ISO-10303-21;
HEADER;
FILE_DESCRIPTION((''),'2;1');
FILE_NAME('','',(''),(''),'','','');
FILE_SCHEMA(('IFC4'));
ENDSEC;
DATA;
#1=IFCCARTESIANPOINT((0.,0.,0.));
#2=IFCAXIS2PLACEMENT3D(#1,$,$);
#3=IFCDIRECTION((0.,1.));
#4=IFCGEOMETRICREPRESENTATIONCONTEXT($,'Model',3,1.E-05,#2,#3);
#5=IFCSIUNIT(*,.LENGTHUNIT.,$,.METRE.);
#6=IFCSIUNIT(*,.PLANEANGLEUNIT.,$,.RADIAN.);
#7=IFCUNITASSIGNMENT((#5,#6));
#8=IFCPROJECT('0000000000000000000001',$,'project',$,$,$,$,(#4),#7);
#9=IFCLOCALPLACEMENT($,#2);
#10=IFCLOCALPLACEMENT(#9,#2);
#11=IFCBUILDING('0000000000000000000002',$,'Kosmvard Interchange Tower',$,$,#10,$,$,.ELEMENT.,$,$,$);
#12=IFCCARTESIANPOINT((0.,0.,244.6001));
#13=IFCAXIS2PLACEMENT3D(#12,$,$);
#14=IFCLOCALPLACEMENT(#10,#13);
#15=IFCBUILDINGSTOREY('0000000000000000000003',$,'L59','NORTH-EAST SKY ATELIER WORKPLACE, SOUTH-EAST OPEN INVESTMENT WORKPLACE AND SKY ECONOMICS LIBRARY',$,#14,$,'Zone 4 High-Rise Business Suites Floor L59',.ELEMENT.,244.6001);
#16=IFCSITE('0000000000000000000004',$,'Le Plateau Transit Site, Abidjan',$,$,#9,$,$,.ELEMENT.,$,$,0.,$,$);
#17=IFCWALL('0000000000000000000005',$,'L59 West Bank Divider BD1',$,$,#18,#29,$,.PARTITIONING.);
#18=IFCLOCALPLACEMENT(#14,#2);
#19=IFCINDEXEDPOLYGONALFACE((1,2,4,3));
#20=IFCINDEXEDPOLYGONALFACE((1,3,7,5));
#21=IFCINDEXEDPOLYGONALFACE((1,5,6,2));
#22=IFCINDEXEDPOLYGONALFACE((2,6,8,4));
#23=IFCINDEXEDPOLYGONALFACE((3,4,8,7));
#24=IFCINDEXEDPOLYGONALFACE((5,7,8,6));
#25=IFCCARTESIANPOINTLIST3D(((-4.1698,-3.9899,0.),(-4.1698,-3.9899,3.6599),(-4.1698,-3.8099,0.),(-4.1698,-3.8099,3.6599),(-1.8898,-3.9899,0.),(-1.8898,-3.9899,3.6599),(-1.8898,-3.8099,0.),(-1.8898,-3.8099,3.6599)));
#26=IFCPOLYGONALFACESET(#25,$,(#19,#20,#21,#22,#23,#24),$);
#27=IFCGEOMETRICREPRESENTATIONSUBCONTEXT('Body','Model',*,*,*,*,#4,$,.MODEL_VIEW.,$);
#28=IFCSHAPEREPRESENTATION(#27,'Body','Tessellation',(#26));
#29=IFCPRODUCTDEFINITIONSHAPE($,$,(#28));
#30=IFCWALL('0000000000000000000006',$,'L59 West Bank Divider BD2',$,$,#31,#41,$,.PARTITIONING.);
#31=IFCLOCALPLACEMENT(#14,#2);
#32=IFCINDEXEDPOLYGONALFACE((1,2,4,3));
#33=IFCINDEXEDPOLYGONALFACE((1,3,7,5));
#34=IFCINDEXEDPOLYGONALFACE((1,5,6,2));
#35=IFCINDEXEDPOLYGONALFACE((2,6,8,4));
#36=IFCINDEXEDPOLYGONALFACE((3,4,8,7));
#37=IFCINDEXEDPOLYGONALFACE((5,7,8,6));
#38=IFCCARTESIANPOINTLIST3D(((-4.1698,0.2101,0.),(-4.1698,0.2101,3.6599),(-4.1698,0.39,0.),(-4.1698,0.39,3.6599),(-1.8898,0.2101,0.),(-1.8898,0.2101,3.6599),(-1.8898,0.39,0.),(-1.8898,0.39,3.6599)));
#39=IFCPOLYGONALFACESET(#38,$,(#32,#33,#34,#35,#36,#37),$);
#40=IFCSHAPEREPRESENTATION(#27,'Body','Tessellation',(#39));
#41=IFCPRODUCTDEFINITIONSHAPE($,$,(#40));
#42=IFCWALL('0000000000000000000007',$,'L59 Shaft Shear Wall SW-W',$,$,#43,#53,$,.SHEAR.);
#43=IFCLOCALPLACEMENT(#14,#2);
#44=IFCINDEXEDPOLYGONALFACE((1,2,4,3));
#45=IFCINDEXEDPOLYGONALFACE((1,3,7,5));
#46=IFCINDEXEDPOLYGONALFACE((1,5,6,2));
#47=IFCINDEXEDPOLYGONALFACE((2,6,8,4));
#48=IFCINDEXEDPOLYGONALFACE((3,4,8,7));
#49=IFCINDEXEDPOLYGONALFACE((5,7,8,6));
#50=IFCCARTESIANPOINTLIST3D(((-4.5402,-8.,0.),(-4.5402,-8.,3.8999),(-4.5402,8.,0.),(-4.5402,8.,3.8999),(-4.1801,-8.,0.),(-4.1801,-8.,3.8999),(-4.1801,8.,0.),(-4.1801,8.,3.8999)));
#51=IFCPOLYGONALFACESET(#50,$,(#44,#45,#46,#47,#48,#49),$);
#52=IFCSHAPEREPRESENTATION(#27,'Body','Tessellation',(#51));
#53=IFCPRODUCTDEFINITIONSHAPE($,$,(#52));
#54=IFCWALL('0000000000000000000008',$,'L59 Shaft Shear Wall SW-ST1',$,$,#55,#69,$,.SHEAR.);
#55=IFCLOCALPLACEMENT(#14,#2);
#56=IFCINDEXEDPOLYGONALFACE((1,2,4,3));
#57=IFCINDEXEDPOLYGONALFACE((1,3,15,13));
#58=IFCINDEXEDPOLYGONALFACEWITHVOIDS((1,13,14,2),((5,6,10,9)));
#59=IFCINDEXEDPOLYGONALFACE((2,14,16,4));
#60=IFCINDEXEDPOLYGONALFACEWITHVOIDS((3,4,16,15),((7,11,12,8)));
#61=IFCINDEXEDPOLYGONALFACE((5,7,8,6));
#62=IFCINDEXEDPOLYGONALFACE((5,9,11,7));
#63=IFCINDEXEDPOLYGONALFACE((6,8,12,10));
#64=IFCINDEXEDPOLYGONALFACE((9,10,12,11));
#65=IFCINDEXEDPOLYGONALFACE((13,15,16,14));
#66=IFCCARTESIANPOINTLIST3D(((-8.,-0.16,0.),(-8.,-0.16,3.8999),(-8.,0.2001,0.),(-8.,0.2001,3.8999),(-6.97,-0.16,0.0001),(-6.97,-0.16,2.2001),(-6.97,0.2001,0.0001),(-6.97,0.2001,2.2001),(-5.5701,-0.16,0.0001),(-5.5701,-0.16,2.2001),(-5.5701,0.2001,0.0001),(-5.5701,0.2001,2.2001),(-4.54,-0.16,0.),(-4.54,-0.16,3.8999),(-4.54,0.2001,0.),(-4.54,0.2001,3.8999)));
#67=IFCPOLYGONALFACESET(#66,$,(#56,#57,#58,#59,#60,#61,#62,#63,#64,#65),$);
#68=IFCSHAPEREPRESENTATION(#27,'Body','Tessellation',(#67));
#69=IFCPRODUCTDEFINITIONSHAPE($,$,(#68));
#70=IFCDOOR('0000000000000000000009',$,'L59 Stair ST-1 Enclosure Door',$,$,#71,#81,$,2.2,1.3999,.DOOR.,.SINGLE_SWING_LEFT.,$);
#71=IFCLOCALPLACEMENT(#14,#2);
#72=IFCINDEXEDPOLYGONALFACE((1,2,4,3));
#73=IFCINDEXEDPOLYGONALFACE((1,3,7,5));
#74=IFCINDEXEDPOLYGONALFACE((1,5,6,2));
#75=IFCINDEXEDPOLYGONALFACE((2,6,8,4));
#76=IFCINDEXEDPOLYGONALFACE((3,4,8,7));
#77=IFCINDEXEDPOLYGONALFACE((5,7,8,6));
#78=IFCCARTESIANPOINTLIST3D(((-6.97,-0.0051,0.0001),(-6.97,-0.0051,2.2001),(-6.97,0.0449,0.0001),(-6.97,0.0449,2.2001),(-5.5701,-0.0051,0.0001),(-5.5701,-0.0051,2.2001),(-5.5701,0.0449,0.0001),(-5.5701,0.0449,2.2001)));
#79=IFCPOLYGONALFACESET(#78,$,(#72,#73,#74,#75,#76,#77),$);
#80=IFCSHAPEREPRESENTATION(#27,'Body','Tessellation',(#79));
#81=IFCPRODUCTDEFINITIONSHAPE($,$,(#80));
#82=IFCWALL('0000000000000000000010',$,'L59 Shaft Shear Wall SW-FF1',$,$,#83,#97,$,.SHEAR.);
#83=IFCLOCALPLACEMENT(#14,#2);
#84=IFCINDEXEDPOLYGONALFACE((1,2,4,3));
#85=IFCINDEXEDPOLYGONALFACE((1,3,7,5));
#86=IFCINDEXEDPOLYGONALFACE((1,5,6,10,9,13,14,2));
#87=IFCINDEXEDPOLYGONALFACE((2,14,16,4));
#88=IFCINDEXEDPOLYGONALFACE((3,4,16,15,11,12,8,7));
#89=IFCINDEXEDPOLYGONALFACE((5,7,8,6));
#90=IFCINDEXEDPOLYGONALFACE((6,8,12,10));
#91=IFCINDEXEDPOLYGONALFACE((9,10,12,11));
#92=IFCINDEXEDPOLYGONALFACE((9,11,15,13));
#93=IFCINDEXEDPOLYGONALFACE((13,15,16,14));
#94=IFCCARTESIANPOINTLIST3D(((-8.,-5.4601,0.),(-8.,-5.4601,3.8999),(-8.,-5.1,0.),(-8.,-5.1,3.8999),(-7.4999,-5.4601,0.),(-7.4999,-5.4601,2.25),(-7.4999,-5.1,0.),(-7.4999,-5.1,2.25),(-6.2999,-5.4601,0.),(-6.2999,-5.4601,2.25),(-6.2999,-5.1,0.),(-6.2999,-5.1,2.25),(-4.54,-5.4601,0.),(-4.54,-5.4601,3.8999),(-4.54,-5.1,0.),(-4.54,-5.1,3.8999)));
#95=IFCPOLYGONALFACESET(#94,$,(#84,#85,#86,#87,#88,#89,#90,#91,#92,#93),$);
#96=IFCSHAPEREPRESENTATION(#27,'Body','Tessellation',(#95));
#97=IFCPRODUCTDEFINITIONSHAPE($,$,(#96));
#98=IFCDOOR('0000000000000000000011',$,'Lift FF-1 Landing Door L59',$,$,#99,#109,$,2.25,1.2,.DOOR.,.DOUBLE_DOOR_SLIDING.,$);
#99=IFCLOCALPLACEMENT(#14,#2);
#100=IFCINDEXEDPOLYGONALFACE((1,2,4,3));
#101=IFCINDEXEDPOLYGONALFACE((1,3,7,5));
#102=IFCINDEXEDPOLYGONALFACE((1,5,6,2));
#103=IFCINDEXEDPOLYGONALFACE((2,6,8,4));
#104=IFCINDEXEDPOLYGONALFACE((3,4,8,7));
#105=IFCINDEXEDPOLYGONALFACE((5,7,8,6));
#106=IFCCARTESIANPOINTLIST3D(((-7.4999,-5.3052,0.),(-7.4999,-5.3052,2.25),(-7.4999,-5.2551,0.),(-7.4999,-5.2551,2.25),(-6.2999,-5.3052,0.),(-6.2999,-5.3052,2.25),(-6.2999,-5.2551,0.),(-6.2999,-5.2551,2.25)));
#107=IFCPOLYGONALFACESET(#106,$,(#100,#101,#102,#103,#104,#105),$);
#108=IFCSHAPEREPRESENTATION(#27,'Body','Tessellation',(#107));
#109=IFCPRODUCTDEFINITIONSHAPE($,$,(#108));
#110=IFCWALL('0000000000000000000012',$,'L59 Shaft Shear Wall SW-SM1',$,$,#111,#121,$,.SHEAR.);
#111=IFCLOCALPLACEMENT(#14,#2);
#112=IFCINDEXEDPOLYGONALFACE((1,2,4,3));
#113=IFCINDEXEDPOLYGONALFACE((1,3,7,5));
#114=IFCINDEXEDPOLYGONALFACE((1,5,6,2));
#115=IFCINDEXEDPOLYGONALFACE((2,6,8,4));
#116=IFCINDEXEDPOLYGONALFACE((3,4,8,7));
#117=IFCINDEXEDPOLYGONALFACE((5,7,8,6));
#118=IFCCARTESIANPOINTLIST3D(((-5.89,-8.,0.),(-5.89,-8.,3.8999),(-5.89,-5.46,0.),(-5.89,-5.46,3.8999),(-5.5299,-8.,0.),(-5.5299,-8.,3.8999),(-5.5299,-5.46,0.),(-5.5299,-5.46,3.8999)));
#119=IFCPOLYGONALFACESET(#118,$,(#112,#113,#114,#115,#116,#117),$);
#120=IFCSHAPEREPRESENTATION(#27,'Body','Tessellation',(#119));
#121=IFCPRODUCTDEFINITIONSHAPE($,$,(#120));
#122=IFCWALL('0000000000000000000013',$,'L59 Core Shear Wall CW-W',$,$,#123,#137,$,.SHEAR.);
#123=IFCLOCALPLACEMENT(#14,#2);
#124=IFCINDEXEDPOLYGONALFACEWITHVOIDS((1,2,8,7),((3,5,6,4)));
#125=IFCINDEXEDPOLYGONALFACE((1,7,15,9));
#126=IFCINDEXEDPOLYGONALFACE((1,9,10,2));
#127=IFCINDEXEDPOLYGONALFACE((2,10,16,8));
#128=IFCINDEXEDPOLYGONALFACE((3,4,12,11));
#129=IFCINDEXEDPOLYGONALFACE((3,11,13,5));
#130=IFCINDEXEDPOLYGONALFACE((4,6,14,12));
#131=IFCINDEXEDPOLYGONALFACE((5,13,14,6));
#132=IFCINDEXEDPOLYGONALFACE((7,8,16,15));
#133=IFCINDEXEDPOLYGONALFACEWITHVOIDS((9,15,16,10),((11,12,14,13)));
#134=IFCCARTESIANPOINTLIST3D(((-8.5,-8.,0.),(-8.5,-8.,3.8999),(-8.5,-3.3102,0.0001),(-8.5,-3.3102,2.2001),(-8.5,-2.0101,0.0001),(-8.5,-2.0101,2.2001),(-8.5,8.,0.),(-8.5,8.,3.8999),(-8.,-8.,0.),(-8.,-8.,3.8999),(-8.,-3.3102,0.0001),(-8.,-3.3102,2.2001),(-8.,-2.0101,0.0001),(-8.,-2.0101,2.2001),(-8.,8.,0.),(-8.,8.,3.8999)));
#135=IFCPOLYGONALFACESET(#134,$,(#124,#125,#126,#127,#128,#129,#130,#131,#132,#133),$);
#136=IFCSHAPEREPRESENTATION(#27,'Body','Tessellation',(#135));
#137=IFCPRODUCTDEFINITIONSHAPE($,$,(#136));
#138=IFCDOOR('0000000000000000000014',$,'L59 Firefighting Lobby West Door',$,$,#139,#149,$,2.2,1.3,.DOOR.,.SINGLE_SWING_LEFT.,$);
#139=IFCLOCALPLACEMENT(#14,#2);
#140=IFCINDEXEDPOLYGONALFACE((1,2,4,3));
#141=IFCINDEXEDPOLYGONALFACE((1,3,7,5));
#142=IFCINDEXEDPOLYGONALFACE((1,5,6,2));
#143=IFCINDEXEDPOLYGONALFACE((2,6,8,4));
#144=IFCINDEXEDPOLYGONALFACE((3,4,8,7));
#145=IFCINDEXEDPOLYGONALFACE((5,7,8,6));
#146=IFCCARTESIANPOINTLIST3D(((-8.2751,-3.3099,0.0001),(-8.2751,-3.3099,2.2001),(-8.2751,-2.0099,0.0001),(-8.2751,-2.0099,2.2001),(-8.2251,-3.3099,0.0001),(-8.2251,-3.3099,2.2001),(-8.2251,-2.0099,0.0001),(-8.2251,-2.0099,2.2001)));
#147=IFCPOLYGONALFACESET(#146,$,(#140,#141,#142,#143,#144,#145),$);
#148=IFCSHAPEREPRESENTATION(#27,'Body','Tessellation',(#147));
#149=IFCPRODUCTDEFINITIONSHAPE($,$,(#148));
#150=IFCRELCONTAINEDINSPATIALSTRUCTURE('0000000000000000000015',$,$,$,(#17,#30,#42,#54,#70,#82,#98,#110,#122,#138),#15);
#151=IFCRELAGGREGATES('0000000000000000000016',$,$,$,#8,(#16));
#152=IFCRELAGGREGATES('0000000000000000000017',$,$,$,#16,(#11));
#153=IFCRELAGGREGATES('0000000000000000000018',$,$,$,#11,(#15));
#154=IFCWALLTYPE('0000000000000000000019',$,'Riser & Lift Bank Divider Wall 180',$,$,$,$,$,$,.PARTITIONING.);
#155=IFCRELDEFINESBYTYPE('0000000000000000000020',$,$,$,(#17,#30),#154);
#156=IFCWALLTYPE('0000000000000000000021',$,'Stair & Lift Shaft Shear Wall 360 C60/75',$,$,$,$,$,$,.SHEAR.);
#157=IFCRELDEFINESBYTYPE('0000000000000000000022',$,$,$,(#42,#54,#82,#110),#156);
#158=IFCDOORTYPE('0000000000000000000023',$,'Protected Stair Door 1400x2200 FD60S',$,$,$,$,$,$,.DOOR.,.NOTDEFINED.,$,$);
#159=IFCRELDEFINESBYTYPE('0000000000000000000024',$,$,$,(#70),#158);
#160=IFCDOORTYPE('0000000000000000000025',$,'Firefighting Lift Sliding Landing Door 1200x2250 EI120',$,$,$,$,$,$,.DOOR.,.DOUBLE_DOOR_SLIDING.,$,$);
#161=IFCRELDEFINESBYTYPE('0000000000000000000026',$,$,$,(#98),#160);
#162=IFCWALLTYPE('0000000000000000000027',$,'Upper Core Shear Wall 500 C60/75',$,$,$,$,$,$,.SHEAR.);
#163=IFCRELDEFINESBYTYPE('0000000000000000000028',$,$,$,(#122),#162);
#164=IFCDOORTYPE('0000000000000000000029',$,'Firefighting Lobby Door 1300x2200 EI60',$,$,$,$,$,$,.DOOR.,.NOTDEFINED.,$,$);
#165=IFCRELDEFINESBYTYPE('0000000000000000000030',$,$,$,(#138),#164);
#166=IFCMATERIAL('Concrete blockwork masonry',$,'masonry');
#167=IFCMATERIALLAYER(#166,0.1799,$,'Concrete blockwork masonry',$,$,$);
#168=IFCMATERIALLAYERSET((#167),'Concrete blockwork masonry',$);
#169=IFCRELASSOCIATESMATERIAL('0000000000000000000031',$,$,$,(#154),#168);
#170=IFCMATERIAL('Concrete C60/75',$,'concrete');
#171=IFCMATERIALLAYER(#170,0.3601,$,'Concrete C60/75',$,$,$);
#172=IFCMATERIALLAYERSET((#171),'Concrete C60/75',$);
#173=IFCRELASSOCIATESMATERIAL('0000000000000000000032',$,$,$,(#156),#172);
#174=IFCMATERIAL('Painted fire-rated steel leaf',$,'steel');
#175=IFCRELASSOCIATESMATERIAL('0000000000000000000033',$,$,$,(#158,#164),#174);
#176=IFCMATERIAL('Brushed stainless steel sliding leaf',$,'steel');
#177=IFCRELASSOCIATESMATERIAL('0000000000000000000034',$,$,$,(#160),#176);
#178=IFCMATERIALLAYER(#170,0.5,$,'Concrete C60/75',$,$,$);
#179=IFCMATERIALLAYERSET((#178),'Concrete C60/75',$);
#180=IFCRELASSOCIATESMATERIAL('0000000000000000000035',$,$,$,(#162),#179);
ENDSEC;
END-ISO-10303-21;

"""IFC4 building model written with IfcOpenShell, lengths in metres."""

from ifc_helpers import new_model, si_unit, direction, frame, frame_2d, origin, place, context, subcontext, project, spatial, rectangle, extrude, source, transform, mapped, material, layer, layer_set, type_object, element, fill, save


model = new_model("IFC4")

# Units and contexts
model_context = context("Model", 3, precision=1e-05, world=origin(), true_north=direction((0.0, 1.0)))
body_context = subcontext(model_context, "Body", "Model", "MODEL_VIEW")
ifc_project = project(units=[si_unit("LENGTHUNIT", "METRE"), si_unit("PLANEANGLEUNIT", "RADIAN")], contexts=[model_context])

# Site, building, storey
site_placement = place(None, origin())
site = spatial("IfcSite", under=ifc_project, at=site_placement, Name="Le Plateau Transit Site, Abidjan", CompositionType="ELEMENT", RefElevation=0.0)
building_placement = place(site_placement, origin())
building = spatial("IfcBuilding", under=site, at=building_placement, Name="Kosmvard Interchange Tower", CompositionType="ELEMENT")
storey_placement = place(building_placement, frame((0.0, 0.0, 244.6001)))
storey = spatial("IfcBuildingStorey", under=building, at=storey_placement, Name="L59", Description="NORTH-EAST SKY ATELIER WORKPLACE, SOUTH-EAST OPEN INVESTMENT WORKPLACE AND SKY ECONOMICS LIBRARY", LongName="Zone 4 High-Rise Business Suites Floor L59", CompositionType="ELEMENT", Elevation=244.6001)

# Shared definitions
ifc_material_1 = material(Name="Concrete C60/75", Category="concrete")

# Shared definitions
ifc_material_2 = material(Name="Painted fire-rated steel leaf", Category="steel")
ifc_material_3 = material(Name="Brushed stainless steel sliding leaf", Category="steel")

# Walls
ifc_material_4 = material(Name="Concrete blockwork masonry", Category="masonry")
ifc_layer_1 = layer(ifc_material_4, 0.1799, Name="Concrete blockwork masonry")
ifc_layer_set_1 = layer_set([ifc_layer_1], Name="Concrete blockwork masonry")
wall_type_1 = type_object("IfcWallType", Name="Riser & Lift Bank Divider Wall 180", PredefinedType="PARTITIONING", material=ifc_layer_set_1)
for number, where, z_axis, x_axis, name in (
    (1, (-4.1699, -3.8999, 0.0), (0.0, 0.0, 1.0), (1.0, 0.0, 0.0), "L59 West Bank Divider BD1"),
    (2, (-4.1699, 0.3, 0.0), (0.0, 0.0, 1.0), (1.0, 0.0, 0.0), "L59 West Bank Divider BD2"),
):
    element("IfcWall", number, at=place(storey_placement, frame(where, z_axis=z_axis, x_axis=x_axis)), inside=storey, type_object=wall_type_1, Name=name, PredefinedType="PARTITIONING", context=body_context, shape_type="SweptSolid", body=[
        extrude(rectangle(XDim=2.28, YDim=0.1799, at=frame_2d((1.1401, 0.0))), origin(), (0.0, 0.0, 1.0), 3.6599),
    ])
ifc_layer_2 = layer(ifc_material_1, 0.3601, Name="Concrete C60/75")
ifc_layer_set_2 = layer_set([ifc_layer_2], Name="Concrete C60/75")
wall_type_2 = type_object("IfcWallType", Name="Stair & Lift Shaft Shear Wall 360 C60/75", PredefinedType="SHEAR", material=ifc_layer_set_2)
wall_1_placement = place(storey_placement, frame((-4.3601, -8.0, 0.0), z_axis=(0.0, 0.0, 1.0), x_axis=(0.0, 1.0, 0.0)))
element("IfcWall", 3, at=wall_1_placement, inside=storey, type_object=wall_type_2, Name="L59 Shaft Shear Wall SW-W", PredefinedType="SHEAR", context=body_context, shape_type="SweptSolid", body=[
    extrude(rectangle(XDim=16.0, YDim=0.3601, at=frame_2d((8.0, 0.0))), origin(), (0.0, 0.0, 1.0), 3.8999),
])

# Walls, openings, doors
wall_2_placement = place(storey_placement, frame((-8.0, 0.02, 0.0), z_axis=(0.0, 0.0, 1.0), x_axis=(1.0, 0.0, 0.0)))
wall_2 = element("IfcWall", 4, at=wall_2_placement, inside=storey, type_object=wall_type_2, Name="L59 Shaft Shear Wall SW-ST1", PredefinedType="SHEAR", context=body_context, shape_type="SweptSolid", body=[
    extrude(rectangle(XDim=3.46, YDim=0.3601, at=frame_2d((1.73, 0.0))), origin(), (0.0, 0.0, 1.0), 3.8999),
])
opening_1_placement = place(wall_2_placement, frame((1.03, 0.0, 0.0)))
opening_1 = element("IfcOpeningElement", 5, at=opening_1_placement, cuts=wall_2, PredefinedType="OPENING", context=body_context, shape_type="SweptSolid", body=[
    extrude(rectangle(XDim=1.3999, YDim=2.2, at=frame_2d((0.7, 1.1001))), frame((0.0, 0.1899, 0.0), z_axis=(0.0, -1.0, 0.0), x_axis=(1.0, 0.0, 0.0)), (0.0, 0.0, 1.0), 0.3801),
])
door_type_1 = type_object("IfcDoorType", Name="Protected Stair Door 1400x2200 FD60S", OperationType="NOTDEFINED", PredefinedType="DOOR", material=ifc_material_2)
shared_shape_1 = source(origin(), body_context, "Body", "SweptSolid", [
    extrude(rectangle(XDim=1.3999, YDim=2.2, at=frame_2d((0.7, 1.1001))), frame((0.0, 0.0249, 0.0), z_axis=(0.0, -1.0, 0.0), x_axis=(1.0, 0.0, 0.0)), (0.0, 0.0, 1.0), 0.05),
])
door_1_placement = place(opening_1_placement, origin())
door_1 = element("IfcDoor", 6, at=door_1_placement, inside=storey, type_object=door_type_1, Name="L59 Stair ST-1 Enclosure Door", OperationType="SINGLE_SWING_LEFT", OverallHeight=2.2, OverallWidth=1.3999, PredefinedType="DOOR", context=body_context, shape_type="MappedRepresentation", body=[
    mapped(shared_shape_1, transform((0.0, 0.0, 0.0), scale=1.0)),
])
fill(opening_1, door_1)
wall_3_placement = place(storey_placement, frame((-8.0, -5.28, 0.0), z_axis=(0.0, 0.0, 1.0), x_axis=(1.0, 0.0, 0.0)))
wall_3 = element("IfcWall", 7, at=wall_3_placement, inside=storey, type_object=wall_type_2, Name="L59 Shaft Shear Wall SW-FF1", PredefinedType="SHEAR", context=body_context, shape_type="SweptSolid", body=[
    extrude(rectangle(XDim=3.46, YDim=0.3601, at=frame_2d((1.73, 0.0))), origin(), (0.0, 0.0, 1.0), 3.8999),
])
opening_2_placement = place(wall_3_placement, frame((0.5, 0.0, 0.0)))
opening_2 = element("IfcOpeningElement", 8, at=opening_2_placement, cuts=wall_3, PredefinedType="OPENING", context=body_context, shape_type="SweptSolid", body=[
    extrude(rectangle(XDim=1.2, YDim=2.25, at=frame_2d((0.6001, 1.125))), frame((0.0, 0.1899, 0.0), z_axis=(0.0, -1.0, 0.0), x_axis=(1.0, 0.0, 0.0)), (0.0, 0.0, 1.0), 0.3801),
])
door_type_2 = type_object("IfcDoorType", Name="Firefighting Lift Sliding Landing Door 1200x2250 EI120", OperationType="DOUBLE_DOOR_SLIDING", PredefinedType="DOOR", material=ifc_material_3)
shared_shape_2 = source(origin(), body_context, "Body", "SweptSolid", [
    extrude(rectangle(XDim=1.2, YDim=2.25, at=frame_2d((0.6001, 1.125))), frame((0.0, 0.0249, 0.0), z_axis=(0.0, -1.0, 0.0), x_axis=(1.0, 0.0, 0.0)), (0.0, 0.0, 1.0), 0.05),
])
door_2_placement = place(opening_2_placement, origin())
door_2 = element("IfcDoor", 9, at=door_2_placement, inside=storey, type_object=door_type_2, Name="Lift FF-1 Landing Door L59", OperationType="DOUBLE_DOOR_SLIDING", OverallHeight=2.25, OverallWidth=1.2, PredefinedType="DOOR", context=body_context, shape_type="MappedRepresentation", body=[
    mapped(shared_shape_2, transform((0.0, 0.0, 0.0), scale=1.0)),
])
fill(opening_2, door_2)

# Wall
wall_4_placement = place(storey_placement, frame((-5.71, -8.0, 0.0), z_axis=(0.0, 0.0, 1.0), x_axis=(0.0, 1.0, 0.0)))
element("IfcWall", 10, at=wall_4_placement, inside=storey, type_object=wall_type_2, Name="L59 Shaft Shear Wall SW-SM1", PredefinedType="SHEAR", context=body_context, shape_type="SweptSolid", body=[
    extrude(rectangle(XDim=2.54, YDim=0.3601, at=frame_2d((1.27, 0.0))), origin(), (0.0, 0.0, 1.0), 3.8999),
])

# Wall, opening, door
ifc_layer_3 = layer(ifc_material_1, 0.5, Name="Concrete C60/75")
ifc_layer_set_3 = layer_set([ifc_layer_3], Name="Concrete C60/75")
wall_type_3 = type_object("IfcWallType", Name="Upper Core Shear Wall 500 C60/75", PredefinedType="SHEAR", material=ifc_layer_set_3)
wall_5_placement = place(storey_placement, frame((-8.25, -8.0, 0.0), z_axis=(0.0, 0.0, 1.0), x_axis=(0.0, 1.0, 0.0)))
wall_5 = element("IfcWall", 11, at=wall_5_placement, inside=storey, type_object=wall_type_3, Name="L59 Core Shear Wall CW-W", PredefinedType="SHEAR", context=body_context, shape_type="SweptSolid", body=[
    extrude(rectangle(XDim=16.0, YDim=0.5, at=frame_2d((8.0, 0.0))), origin(), (0.0, 0.0, 1.0), 3.8999),
])
opening_3_placement = place(wall_5_placement, frame((4.6899, 0.0, 0.0)))
opening_3 = element("IfcOpeningElement", 12, at=opening_3_placement, cuts=wall_5, PredefinedType="OPENING", context=body_context, shape_type="SweptSolid", body=[
    extrude(rectangle(XDim=1.3, YDim=2.2, at=frame_2d((0.6499, 1.1001))), frame((0.0, 0.26, 0.0), z_axis=(0.0, -1.0, 0.0), x_axis=(1.0, 0.0, 0.0)), (0.0, 0.0, 1.0), 0.52),
])
door_type_3 = type_object("IfcDoorType", Name="Firefighting Lobby Door 1300x2200 EI60", OperationType="NOTDEFINED", PredefinedType="DOOR", material=ifc_material_2)
shared_shape_3 = source(origin(), body_context, "Body", "SweptSolid", [
    extrude(rectangle(XDim=1.3, YDim=2.2, at=frame_2d((0.6499, 1.1001))), frame((0.0, 0.0249, 0.0), z_axis=(0.0, -1.0, 0.0), x_axis=(1.0, 0.0, 0.0)), (0.0, 0.0, 1.0), 0.05),
])
door_3_placement = place(opening_3_placement, frame((1.3, 0.0, 0.0), z_axis=(0.0, 0.0, 1.0), x_axis=(-1.0, 0.0, 0.0)))
door_3 = element("IfcDoor", 13, at=door_3_placement, inside=storey, type_object=door_type_3, Name="L59 Firefighting Lobby West Door", OperationType="SINGLE_SWING_LEFT", OverallHeight=2.2, OverallWidth=1.3, PredefinedType="DOOR", context=body_context, shape_type="MappedRepresentation", body=[
    mapped(shared_shape_3, transform((0.0, 0.0, 0.0), scale=1.0)),
])
fill(opening_3, door_3)

save(model, "model.ifc")
